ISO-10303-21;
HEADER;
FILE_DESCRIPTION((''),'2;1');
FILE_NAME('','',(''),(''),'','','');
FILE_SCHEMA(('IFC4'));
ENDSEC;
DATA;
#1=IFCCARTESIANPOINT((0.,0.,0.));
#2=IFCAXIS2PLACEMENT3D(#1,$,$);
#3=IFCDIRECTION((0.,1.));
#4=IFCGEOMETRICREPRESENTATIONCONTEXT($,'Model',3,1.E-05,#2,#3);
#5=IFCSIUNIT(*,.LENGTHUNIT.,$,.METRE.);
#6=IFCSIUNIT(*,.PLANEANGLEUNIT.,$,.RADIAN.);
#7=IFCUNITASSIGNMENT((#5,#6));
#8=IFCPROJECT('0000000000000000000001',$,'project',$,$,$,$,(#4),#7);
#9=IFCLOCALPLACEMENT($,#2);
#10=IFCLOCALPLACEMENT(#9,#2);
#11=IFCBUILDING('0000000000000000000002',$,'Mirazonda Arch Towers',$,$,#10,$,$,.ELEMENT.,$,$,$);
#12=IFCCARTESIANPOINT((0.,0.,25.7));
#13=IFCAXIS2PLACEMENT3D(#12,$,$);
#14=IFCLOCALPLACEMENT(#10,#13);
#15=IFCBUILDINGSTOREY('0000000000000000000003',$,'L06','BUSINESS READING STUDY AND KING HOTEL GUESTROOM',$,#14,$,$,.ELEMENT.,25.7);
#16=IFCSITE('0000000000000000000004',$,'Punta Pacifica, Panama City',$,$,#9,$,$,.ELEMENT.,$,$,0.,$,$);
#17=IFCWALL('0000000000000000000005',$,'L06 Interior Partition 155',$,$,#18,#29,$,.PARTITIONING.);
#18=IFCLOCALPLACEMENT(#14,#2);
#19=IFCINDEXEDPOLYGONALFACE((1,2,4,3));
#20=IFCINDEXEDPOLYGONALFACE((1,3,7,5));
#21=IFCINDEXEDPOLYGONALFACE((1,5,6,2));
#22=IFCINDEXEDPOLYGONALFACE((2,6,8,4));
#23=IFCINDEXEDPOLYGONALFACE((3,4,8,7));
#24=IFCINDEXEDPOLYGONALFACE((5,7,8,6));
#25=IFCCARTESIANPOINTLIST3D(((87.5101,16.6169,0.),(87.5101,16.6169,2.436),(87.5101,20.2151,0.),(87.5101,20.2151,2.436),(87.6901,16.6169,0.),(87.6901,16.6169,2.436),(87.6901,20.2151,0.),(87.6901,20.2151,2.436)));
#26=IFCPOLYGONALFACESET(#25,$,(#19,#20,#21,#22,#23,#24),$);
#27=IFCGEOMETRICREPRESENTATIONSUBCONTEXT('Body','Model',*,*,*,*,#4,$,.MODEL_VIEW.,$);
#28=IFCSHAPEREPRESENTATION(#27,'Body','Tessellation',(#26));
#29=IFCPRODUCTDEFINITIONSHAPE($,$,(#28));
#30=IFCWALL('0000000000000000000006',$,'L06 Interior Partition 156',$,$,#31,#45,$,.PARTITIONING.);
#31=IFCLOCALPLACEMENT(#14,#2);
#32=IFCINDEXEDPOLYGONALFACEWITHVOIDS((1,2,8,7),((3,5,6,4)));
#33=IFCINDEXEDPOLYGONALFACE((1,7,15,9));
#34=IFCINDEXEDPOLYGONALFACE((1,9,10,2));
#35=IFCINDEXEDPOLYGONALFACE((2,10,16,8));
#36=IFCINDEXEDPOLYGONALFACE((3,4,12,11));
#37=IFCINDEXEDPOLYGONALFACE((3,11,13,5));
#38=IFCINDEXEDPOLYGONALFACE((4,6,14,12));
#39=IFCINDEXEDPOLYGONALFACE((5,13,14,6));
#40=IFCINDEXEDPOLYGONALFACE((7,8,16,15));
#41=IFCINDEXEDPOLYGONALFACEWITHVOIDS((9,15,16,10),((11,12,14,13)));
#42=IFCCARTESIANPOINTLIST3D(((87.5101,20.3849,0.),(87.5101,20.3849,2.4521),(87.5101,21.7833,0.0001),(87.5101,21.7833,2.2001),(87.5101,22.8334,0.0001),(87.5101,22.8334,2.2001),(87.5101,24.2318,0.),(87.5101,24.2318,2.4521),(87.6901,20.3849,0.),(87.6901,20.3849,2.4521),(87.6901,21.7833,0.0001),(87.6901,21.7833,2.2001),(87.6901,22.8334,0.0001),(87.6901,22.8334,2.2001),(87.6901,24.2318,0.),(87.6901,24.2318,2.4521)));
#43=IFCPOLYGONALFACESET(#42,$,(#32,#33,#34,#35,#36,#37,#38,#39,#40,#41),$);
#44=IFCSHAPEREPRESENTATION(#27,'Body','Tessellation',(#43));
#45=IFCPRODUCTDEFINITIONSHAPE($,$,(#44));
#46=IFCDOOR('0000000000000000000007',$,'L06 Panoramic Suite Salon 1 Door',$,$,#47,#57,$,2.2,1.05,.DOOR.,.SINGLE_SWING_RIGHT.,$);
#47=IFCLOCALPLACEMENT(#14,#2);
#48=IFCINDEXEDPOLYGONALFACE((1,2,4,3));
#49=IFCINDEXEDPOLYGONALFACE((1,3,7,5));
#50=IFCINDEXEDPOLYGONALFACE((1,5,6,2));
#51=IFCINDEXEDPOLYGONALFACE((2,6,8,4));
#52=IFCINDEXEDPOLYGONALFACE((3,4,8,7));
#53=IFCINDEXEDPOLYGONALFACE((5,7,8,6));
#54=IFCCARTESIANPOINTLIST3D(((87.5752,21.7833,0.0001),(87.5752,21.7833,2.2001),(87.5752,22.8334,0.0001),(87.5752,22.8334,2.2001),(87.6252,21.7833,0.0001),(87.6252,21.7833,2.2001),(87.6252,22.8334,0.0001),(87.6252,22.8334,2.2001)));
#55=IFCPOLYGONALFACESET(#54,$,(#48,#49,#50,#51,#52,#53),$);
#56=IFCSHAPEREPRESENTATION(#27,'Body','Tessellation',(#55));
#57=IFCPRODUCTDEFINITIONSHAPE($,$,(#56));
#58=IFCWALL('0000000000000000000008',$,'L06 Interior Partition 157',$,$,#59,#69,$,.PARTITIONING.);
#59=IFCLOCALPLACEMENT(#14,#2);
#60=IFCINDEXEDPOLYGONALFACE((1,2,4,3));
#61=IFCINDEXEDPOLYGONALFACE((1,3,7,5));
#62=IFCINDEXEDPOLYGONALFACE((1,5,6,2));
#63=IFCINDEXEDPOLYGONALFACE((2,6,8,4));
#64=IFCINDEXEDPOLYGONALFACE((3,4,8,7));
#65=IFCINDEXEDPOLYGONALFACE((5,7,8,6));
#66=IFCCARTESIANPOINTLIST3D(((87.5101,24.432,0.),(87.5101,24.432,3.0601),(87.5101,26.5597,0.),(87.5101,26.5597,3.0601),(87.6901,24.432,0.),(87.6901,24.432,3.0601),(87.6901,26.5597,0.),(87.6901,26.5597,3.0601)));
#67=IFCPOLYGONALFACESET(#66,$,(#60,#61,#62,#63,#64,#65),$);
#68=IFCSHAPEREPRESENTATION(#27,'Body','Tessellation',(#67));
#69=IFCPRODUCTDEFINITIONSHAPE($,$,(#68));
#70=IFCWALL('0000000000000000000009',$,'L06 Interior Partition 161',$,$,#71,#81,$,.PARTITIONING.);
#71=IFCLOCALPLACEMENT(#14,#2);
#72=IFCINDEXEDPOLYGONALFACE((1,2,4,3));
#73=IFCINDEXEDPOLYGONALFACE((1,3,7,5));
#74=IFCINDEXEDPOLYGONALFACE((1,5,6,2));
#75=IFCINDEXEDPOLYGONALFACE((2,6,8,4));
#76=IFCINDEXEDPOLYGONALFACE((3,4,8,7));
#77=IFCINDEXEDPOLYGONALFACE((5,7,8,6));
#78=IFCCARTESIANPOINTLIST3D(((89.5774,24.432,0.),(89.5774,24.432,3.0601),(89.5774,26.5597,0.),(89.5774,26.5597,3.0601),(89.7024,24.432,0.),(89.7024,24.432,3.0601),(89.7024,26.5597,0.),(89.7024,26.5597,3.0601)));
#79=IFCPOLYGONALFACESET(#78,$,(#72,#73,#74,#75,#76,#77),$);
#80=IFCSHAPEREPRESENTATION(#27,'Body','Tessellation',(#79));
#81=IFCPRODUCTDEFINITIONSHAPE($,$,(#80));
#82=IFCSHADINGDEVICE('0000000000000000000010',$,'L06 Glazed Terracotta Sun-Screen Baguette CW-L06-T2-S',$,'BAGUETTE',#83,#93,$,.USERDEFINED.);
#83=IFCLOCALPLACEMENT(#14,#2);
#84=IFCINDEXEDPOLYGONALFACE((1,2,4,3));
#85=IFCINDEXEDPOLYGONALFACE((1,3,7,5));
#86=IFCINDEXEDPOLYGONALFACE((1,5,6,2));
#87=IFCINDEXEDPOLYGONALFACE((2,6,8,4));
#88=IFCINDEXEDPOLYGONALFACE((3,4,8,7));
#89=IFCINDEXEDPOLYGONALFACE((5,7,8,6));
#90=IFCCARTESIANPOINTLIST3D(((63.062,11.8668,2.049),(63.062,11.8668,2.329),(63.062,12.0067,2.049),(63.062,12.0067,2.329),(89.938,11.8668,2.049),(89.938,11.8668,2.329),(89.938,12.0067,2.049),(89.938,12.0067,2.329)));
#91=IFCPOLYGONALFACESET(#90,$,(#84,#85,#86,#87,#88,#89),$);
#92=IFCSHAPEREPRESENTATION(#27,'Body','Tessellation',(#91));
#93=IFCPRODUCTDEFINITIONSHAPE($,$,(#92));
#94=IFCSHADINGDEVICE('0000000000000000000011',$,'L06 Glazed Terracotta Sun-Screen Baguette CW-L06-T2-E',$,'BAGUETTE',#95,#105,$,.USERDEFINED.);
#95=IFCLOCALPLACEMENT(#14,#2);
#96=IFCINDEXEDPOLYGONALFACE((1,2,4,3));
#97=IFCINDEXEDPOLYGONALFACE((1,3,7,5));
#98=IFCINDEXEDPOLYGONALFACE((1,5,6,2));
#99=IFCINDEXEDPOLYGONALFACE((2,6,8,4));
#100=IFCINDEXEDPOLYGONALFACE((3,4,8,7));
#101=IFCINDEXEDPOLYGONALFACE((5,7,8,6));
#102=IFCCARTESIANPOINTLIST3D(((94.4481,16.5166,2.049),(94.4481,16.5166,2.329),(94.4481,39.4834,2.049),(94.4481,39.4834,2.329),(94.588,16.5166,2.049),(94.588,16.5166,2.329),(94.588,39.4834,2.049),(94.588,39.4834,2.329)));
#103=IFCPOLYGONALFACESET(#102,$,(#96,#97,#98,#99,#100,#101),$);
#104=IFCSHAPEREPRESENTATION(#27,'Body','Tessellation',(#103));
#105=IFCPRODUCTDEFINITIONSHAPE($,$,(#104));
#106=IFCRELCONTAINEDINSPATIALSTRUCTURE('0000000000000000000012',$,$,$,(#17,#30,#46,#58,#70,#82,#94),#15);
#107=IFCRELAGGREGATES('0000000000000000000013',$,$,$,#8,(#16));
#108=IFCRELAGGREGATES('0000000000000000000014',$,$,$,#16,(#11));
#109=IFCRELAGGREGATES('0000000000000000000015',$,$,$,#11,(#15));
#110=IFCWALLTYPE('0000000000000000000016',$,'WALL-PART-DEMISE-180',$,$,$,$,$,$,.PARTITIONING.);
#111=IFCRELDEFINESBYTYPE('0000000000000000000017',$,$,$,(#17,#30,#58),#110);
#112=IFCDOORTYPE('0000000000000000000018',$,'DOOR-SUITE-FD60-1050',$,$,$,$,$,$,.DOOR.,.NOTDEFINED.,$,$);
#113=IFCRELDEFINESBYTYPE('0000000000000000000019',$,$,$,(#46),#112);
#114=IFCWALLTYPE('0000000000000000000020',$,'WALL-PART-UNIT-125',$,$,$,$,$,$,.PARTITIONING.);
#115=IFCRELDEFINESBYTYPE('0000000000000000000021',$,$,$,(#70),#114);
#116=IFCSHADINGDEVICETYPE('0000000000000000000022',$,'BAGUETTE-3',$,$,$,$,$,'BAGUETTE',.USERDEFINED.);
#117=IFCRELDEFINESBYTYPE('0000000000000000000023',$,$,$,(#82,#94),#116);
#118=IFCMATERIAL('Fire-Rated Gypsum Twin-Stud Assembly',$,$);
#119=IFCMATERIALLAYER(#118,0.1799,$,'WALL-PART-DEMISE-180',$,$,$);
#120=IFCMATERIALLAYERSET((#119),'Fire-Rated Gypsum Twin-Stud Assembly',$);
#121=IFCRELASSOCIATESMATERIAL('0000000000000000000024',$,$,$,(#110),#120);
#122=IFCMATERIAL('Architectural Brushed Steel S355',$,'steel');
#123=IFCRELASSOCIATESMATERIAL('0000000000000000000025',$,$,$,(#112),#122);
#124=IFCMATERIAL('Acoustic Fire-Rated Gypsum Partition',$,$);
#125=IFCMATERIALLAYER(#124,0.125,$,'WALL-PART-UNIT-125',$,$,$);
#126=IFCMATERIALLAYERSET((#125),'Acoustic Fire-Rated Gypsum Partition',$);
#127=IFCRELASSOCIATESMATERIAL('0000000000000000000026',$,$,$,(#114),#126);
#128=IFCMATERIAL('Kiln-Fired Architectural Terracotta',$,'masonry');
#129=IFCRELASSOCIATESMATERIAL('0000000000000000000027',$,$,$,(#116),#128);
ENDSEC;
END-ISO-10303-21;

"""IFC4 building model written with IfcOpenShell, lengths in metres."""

from ifc_helpers import new_model, si_unit, direction, frame, frame_2d, origin, origin_2d, place, context, subcontext, project, spatial, rectangle, extrude, material, layer, layer_set, material_profile, profile_set, type_object, element, fill, save


model = new_model("IFC4")

# Units and contexts
model_context = context("Model", 3, precision=1e-05, world=origin(), true_north=direction((0.0, 1.0)))
body_context = subcontext(model_context, "Body", "Model", "MODEL_VIEW")
ifc_project = project(units=[si_unit("LENGTHUNIT", "METRE"), si_unit("PLANEANGLEUNIT", "RADIAN")], contexts=[model_context])

# Site, building, storey
site_placement = place(None, origin())
site = spatial("IfcSite", under=ifc_project, at=site_placement, Name="Punta Pacifica, Panama City", CompositionType="ELEMENT", RefElevation=0.0)
building_placement = place(site_placement, origin())
building = spatial("IfcBuilding", under=site, at=building_placement, Name="Mirazonda Arch Towers", CompositionType="ELEMENT")
storey_placement = place(building_placement, frame((0.0, 0.0, 25.7)))
storey = spatial("IfcBuildingStorey", under=building, at=storey_placement, Name="L06", Description="BUSINESS READING STUDY AND KING HOTEL GUESTROOM", CompositionType="ELEMENT", Elevation=25.7)

# Shared definitions
ifc_material_1 = material(Name="Fire-Rated Gypsum Twin-Stud Assembly")
ifc_layer_1 = layer(ifc_material_1, 0.1799, Name="WALL-PART-DEMISE-180")
ifc_layer_set_1 = layer_set([ifc_layer_1], Name="Fire-Rated Gypsum Twin-Stud Assembly")
wall_type_1 = type_object("IfcWallType", Name="WALL-PART-DEMISE-180", PredefinedType="PARTITIONING", material=ifc_layer_set_1)

# Shared definitions
ifc_material_2 = material(Name="Architectural Brushed Steel S355", Category="steel")

# Wall
wall_1_placement = place(storey_placement, frame((87.6001, 16.6169, 0.0), z_axis=(0.0, 0.0, 1.0), x_axis=(0.0, 1.0, 0.0)))
element("IfcWall", 1, at=wall_1_placement, inside=storey, type_object=wall_type_1, Name="L06 Interior Partition 155", PredefinedType="PARTITIONING", context=body_context, shape_type="SweptSolid", body=[
    extrude(rectangle(XDim=3.5981, YDim=0.1799, at=frame_2d((1.7991, 0.0))), origin(), (0.0, 0.0, 1.0), 2.436),
])

# Wall, opening, door
wall_2_placement = place(storey_placement, frame((87.6001, 20.385, 0.0), z_axis=(0.0, 0.0, 1.0), x_axis=(0.0, 1.0, 0.0)))
wall_2 = element("IfcWall", 2, at=wall_2_placement, inside=storey, type_object=wall_type_1, Name="L06 Interior Partition 156", PredefinedType="PARTITIONING", context=body_context, shape_type="SweptSolid", body=[
    extrude(rectangle(XDim=3.8469, YDim=0.1799, at=frame_2d((1.9233, 0.0))), origin(), (0.0, 0.0, 1.0), 2.4521),
])
opening_1_placement = place(wall_2_placement, frame((1.3984, 0.0, 0.0)))
opening_1 = element("IfcOpeningElement", 3, at=opening_1_placement, cuts=wall_2, PredefinedType="OPENING", context=body_context, shape_type="SweptSolid", body=[
    extrude(rectangle(XDim=1.05, YDim=2.2, at=frame_2d((0.5249, 1.1001))), frame((0.0, 0.0999, 0.0), z_axis=(0.0, -1.0, 0.0), x_axis=(1.0, 0.0, 0.0)), (0.0, 0.0, 1.0), 0.2),
])
door_type_1 = type_object("IfcDoorType", Name="DOOR-SUITE-FD60-1050", OperationType="NOTDEFINED", PredefinedType="DOOR", material=ifc_material_2)
door_1_placement = place(opening_1_placement, origin())
door_1 = element("IfcDoor", 4, at=door_1_placement, inside=storey, type_object=door_type_1, Name="L06 Panoramic Suite Salon 1 Door", OperationType="SINGLE_SWING_RIGHT", OverallHeight=2.2, OverallWidth=1.05, PredefinedType="DOOR", context=body_context, shape_type="SweptSolid", body=[
    extrude(rectangle(XDim=1.05, YDim=2.2, at=frame_2d((0.5249, 1.1001))), frame((0.0, 0.0249, 0.0), z_axis=(0.0, -1.0, 0.0), x_axis=(1.0, 0.0, 0.0)), (0.0, 0.0, 1.0), 0.05),
])
fill(opening_1, door_1)

# Walls
wall_3_placement = place(storey_placement, frame((87.6001, 24.4319, 0.0), z_axis=(0.0, 0.0, 1.0), x_axis=(0.0, 1.0, 0.0)))
element("IfcWall", 5, at=wall_3_placement, inside=storey, type_object=wall_type_1, Name="L06 Interior Partition 157", PredefinedType="PARTITIONING", context=body_context, shape_type="SweptSolid", body=[
    extrude(rectangle(XDim=2.1277, YDim=0.1799, at=frame_2d((1.064, 0.0))), origin(), (0.0, 0.0, 1.0), 3.0601),
])
ifc_material_3 = material(Name="Acoustic Fire-Rated Gypsum Partition")
ifc_layer_2 = layer(ifc_material_3, 0.125, Name="WALL-PART-UNIT-125")
ifc_layer_set_2 = layer_set([ifc_layer_2], Name="Acoustic Fire-Rated Gypsum Partition")
wall_type_2 = type_object("IfcWallType", Name="WALL-PART-UNIT-125", PredefinedType="PARTITIONING", material=ifc_layer_set_2)
wall_4_placement = place(storey_placement, frame((89.6399, 24.4319, 0.0), z_axis=(0.0, 0.0, 1.0), x_axis=(0.0, 1.0, 0.0)))
element("IfcWall", 6, at=wall_4_placement, inside=storey, type_object=wall_type_2, Name="L06 Interior Partition 161", PredefinedType="PARTITIONING", context=body_context, shape_type="SweptSolid", body=[
    extrude(rectangle(XDim=2.1277, YDim=0.125, at=frame_2d((1.064, 0.0))), origin(), (0.0, 0.0, 1.0), 3.0601),
])

# Shading devices
ifc_material_4 = material(Name="Kiln-Fired Architectural Terracotta", Category="masonry")
ifc_material_profile_1 = material_profile(ifc_material_4, rectangle(XDim=0.1399, YDim=0.28, at=origin_2d()), Name="TERRA-BAG-140x280")
ifc_profile_set_1 = profile_set([ifc_material_profile_1], Name="Kiln-Fired Architectural Terracotta")
shading_device_type = type_object("IfcShadingDeviceType", Name="BAGUETTE-3", ElementType="BAGUETTE", PredefinedType="USERDEFINED", material=ifc_profile_set_1)
shading_device_1_placement = place(storey_placement, frame((89.938, 11.9368, 2.189), z_axis=(-1.0, 0.0, 0.0), x_axis=(0.0, -1.0, 0.0)))
element("IfcShadingDevice", 7, at=shading_device_1_placement, inside=storey, type_object=shading_device_type, Name="L06 Glazed Terracotta Sun-Screen Baguette CW-L06-T2-S", ObjectType="BAGUETTE", PredefinedType="USERDEFINED", context=body_context, shape_type="SweptSolid", body=[
    extrude(rectangle(XDim=0.1399, YDim=0.28, at=origin_2d()), origin(), (0.0, 0.0, 1.0), 26.876),
])
shading_device_2_placement = place(storey_placement, frame((94.5181, 16.5166, 2.189), z_axis=(0.0, 1.0, 0.0), x_axis=(-1.0, 0.0, 0.0)))
element("IfcShadingDevice", 8, at=shading_device_2_placement, inside=storey, type_object=shading_device_type, Name="L06 Glazed Terracotta Sun-Screen Baguette CW-L06-T2-E", ObjectType="BAGUETTE", PredefinedType="USERDEFINED", context=body_context, shape_type="SweptSolid", body=[
    extrude(rectangle(XDim=0.1399, YDim=0.28, at=origin_2d()), origin(), (0.0, 0.0, 1.0), 22.9668),
])

save(model, "model.ifc")
